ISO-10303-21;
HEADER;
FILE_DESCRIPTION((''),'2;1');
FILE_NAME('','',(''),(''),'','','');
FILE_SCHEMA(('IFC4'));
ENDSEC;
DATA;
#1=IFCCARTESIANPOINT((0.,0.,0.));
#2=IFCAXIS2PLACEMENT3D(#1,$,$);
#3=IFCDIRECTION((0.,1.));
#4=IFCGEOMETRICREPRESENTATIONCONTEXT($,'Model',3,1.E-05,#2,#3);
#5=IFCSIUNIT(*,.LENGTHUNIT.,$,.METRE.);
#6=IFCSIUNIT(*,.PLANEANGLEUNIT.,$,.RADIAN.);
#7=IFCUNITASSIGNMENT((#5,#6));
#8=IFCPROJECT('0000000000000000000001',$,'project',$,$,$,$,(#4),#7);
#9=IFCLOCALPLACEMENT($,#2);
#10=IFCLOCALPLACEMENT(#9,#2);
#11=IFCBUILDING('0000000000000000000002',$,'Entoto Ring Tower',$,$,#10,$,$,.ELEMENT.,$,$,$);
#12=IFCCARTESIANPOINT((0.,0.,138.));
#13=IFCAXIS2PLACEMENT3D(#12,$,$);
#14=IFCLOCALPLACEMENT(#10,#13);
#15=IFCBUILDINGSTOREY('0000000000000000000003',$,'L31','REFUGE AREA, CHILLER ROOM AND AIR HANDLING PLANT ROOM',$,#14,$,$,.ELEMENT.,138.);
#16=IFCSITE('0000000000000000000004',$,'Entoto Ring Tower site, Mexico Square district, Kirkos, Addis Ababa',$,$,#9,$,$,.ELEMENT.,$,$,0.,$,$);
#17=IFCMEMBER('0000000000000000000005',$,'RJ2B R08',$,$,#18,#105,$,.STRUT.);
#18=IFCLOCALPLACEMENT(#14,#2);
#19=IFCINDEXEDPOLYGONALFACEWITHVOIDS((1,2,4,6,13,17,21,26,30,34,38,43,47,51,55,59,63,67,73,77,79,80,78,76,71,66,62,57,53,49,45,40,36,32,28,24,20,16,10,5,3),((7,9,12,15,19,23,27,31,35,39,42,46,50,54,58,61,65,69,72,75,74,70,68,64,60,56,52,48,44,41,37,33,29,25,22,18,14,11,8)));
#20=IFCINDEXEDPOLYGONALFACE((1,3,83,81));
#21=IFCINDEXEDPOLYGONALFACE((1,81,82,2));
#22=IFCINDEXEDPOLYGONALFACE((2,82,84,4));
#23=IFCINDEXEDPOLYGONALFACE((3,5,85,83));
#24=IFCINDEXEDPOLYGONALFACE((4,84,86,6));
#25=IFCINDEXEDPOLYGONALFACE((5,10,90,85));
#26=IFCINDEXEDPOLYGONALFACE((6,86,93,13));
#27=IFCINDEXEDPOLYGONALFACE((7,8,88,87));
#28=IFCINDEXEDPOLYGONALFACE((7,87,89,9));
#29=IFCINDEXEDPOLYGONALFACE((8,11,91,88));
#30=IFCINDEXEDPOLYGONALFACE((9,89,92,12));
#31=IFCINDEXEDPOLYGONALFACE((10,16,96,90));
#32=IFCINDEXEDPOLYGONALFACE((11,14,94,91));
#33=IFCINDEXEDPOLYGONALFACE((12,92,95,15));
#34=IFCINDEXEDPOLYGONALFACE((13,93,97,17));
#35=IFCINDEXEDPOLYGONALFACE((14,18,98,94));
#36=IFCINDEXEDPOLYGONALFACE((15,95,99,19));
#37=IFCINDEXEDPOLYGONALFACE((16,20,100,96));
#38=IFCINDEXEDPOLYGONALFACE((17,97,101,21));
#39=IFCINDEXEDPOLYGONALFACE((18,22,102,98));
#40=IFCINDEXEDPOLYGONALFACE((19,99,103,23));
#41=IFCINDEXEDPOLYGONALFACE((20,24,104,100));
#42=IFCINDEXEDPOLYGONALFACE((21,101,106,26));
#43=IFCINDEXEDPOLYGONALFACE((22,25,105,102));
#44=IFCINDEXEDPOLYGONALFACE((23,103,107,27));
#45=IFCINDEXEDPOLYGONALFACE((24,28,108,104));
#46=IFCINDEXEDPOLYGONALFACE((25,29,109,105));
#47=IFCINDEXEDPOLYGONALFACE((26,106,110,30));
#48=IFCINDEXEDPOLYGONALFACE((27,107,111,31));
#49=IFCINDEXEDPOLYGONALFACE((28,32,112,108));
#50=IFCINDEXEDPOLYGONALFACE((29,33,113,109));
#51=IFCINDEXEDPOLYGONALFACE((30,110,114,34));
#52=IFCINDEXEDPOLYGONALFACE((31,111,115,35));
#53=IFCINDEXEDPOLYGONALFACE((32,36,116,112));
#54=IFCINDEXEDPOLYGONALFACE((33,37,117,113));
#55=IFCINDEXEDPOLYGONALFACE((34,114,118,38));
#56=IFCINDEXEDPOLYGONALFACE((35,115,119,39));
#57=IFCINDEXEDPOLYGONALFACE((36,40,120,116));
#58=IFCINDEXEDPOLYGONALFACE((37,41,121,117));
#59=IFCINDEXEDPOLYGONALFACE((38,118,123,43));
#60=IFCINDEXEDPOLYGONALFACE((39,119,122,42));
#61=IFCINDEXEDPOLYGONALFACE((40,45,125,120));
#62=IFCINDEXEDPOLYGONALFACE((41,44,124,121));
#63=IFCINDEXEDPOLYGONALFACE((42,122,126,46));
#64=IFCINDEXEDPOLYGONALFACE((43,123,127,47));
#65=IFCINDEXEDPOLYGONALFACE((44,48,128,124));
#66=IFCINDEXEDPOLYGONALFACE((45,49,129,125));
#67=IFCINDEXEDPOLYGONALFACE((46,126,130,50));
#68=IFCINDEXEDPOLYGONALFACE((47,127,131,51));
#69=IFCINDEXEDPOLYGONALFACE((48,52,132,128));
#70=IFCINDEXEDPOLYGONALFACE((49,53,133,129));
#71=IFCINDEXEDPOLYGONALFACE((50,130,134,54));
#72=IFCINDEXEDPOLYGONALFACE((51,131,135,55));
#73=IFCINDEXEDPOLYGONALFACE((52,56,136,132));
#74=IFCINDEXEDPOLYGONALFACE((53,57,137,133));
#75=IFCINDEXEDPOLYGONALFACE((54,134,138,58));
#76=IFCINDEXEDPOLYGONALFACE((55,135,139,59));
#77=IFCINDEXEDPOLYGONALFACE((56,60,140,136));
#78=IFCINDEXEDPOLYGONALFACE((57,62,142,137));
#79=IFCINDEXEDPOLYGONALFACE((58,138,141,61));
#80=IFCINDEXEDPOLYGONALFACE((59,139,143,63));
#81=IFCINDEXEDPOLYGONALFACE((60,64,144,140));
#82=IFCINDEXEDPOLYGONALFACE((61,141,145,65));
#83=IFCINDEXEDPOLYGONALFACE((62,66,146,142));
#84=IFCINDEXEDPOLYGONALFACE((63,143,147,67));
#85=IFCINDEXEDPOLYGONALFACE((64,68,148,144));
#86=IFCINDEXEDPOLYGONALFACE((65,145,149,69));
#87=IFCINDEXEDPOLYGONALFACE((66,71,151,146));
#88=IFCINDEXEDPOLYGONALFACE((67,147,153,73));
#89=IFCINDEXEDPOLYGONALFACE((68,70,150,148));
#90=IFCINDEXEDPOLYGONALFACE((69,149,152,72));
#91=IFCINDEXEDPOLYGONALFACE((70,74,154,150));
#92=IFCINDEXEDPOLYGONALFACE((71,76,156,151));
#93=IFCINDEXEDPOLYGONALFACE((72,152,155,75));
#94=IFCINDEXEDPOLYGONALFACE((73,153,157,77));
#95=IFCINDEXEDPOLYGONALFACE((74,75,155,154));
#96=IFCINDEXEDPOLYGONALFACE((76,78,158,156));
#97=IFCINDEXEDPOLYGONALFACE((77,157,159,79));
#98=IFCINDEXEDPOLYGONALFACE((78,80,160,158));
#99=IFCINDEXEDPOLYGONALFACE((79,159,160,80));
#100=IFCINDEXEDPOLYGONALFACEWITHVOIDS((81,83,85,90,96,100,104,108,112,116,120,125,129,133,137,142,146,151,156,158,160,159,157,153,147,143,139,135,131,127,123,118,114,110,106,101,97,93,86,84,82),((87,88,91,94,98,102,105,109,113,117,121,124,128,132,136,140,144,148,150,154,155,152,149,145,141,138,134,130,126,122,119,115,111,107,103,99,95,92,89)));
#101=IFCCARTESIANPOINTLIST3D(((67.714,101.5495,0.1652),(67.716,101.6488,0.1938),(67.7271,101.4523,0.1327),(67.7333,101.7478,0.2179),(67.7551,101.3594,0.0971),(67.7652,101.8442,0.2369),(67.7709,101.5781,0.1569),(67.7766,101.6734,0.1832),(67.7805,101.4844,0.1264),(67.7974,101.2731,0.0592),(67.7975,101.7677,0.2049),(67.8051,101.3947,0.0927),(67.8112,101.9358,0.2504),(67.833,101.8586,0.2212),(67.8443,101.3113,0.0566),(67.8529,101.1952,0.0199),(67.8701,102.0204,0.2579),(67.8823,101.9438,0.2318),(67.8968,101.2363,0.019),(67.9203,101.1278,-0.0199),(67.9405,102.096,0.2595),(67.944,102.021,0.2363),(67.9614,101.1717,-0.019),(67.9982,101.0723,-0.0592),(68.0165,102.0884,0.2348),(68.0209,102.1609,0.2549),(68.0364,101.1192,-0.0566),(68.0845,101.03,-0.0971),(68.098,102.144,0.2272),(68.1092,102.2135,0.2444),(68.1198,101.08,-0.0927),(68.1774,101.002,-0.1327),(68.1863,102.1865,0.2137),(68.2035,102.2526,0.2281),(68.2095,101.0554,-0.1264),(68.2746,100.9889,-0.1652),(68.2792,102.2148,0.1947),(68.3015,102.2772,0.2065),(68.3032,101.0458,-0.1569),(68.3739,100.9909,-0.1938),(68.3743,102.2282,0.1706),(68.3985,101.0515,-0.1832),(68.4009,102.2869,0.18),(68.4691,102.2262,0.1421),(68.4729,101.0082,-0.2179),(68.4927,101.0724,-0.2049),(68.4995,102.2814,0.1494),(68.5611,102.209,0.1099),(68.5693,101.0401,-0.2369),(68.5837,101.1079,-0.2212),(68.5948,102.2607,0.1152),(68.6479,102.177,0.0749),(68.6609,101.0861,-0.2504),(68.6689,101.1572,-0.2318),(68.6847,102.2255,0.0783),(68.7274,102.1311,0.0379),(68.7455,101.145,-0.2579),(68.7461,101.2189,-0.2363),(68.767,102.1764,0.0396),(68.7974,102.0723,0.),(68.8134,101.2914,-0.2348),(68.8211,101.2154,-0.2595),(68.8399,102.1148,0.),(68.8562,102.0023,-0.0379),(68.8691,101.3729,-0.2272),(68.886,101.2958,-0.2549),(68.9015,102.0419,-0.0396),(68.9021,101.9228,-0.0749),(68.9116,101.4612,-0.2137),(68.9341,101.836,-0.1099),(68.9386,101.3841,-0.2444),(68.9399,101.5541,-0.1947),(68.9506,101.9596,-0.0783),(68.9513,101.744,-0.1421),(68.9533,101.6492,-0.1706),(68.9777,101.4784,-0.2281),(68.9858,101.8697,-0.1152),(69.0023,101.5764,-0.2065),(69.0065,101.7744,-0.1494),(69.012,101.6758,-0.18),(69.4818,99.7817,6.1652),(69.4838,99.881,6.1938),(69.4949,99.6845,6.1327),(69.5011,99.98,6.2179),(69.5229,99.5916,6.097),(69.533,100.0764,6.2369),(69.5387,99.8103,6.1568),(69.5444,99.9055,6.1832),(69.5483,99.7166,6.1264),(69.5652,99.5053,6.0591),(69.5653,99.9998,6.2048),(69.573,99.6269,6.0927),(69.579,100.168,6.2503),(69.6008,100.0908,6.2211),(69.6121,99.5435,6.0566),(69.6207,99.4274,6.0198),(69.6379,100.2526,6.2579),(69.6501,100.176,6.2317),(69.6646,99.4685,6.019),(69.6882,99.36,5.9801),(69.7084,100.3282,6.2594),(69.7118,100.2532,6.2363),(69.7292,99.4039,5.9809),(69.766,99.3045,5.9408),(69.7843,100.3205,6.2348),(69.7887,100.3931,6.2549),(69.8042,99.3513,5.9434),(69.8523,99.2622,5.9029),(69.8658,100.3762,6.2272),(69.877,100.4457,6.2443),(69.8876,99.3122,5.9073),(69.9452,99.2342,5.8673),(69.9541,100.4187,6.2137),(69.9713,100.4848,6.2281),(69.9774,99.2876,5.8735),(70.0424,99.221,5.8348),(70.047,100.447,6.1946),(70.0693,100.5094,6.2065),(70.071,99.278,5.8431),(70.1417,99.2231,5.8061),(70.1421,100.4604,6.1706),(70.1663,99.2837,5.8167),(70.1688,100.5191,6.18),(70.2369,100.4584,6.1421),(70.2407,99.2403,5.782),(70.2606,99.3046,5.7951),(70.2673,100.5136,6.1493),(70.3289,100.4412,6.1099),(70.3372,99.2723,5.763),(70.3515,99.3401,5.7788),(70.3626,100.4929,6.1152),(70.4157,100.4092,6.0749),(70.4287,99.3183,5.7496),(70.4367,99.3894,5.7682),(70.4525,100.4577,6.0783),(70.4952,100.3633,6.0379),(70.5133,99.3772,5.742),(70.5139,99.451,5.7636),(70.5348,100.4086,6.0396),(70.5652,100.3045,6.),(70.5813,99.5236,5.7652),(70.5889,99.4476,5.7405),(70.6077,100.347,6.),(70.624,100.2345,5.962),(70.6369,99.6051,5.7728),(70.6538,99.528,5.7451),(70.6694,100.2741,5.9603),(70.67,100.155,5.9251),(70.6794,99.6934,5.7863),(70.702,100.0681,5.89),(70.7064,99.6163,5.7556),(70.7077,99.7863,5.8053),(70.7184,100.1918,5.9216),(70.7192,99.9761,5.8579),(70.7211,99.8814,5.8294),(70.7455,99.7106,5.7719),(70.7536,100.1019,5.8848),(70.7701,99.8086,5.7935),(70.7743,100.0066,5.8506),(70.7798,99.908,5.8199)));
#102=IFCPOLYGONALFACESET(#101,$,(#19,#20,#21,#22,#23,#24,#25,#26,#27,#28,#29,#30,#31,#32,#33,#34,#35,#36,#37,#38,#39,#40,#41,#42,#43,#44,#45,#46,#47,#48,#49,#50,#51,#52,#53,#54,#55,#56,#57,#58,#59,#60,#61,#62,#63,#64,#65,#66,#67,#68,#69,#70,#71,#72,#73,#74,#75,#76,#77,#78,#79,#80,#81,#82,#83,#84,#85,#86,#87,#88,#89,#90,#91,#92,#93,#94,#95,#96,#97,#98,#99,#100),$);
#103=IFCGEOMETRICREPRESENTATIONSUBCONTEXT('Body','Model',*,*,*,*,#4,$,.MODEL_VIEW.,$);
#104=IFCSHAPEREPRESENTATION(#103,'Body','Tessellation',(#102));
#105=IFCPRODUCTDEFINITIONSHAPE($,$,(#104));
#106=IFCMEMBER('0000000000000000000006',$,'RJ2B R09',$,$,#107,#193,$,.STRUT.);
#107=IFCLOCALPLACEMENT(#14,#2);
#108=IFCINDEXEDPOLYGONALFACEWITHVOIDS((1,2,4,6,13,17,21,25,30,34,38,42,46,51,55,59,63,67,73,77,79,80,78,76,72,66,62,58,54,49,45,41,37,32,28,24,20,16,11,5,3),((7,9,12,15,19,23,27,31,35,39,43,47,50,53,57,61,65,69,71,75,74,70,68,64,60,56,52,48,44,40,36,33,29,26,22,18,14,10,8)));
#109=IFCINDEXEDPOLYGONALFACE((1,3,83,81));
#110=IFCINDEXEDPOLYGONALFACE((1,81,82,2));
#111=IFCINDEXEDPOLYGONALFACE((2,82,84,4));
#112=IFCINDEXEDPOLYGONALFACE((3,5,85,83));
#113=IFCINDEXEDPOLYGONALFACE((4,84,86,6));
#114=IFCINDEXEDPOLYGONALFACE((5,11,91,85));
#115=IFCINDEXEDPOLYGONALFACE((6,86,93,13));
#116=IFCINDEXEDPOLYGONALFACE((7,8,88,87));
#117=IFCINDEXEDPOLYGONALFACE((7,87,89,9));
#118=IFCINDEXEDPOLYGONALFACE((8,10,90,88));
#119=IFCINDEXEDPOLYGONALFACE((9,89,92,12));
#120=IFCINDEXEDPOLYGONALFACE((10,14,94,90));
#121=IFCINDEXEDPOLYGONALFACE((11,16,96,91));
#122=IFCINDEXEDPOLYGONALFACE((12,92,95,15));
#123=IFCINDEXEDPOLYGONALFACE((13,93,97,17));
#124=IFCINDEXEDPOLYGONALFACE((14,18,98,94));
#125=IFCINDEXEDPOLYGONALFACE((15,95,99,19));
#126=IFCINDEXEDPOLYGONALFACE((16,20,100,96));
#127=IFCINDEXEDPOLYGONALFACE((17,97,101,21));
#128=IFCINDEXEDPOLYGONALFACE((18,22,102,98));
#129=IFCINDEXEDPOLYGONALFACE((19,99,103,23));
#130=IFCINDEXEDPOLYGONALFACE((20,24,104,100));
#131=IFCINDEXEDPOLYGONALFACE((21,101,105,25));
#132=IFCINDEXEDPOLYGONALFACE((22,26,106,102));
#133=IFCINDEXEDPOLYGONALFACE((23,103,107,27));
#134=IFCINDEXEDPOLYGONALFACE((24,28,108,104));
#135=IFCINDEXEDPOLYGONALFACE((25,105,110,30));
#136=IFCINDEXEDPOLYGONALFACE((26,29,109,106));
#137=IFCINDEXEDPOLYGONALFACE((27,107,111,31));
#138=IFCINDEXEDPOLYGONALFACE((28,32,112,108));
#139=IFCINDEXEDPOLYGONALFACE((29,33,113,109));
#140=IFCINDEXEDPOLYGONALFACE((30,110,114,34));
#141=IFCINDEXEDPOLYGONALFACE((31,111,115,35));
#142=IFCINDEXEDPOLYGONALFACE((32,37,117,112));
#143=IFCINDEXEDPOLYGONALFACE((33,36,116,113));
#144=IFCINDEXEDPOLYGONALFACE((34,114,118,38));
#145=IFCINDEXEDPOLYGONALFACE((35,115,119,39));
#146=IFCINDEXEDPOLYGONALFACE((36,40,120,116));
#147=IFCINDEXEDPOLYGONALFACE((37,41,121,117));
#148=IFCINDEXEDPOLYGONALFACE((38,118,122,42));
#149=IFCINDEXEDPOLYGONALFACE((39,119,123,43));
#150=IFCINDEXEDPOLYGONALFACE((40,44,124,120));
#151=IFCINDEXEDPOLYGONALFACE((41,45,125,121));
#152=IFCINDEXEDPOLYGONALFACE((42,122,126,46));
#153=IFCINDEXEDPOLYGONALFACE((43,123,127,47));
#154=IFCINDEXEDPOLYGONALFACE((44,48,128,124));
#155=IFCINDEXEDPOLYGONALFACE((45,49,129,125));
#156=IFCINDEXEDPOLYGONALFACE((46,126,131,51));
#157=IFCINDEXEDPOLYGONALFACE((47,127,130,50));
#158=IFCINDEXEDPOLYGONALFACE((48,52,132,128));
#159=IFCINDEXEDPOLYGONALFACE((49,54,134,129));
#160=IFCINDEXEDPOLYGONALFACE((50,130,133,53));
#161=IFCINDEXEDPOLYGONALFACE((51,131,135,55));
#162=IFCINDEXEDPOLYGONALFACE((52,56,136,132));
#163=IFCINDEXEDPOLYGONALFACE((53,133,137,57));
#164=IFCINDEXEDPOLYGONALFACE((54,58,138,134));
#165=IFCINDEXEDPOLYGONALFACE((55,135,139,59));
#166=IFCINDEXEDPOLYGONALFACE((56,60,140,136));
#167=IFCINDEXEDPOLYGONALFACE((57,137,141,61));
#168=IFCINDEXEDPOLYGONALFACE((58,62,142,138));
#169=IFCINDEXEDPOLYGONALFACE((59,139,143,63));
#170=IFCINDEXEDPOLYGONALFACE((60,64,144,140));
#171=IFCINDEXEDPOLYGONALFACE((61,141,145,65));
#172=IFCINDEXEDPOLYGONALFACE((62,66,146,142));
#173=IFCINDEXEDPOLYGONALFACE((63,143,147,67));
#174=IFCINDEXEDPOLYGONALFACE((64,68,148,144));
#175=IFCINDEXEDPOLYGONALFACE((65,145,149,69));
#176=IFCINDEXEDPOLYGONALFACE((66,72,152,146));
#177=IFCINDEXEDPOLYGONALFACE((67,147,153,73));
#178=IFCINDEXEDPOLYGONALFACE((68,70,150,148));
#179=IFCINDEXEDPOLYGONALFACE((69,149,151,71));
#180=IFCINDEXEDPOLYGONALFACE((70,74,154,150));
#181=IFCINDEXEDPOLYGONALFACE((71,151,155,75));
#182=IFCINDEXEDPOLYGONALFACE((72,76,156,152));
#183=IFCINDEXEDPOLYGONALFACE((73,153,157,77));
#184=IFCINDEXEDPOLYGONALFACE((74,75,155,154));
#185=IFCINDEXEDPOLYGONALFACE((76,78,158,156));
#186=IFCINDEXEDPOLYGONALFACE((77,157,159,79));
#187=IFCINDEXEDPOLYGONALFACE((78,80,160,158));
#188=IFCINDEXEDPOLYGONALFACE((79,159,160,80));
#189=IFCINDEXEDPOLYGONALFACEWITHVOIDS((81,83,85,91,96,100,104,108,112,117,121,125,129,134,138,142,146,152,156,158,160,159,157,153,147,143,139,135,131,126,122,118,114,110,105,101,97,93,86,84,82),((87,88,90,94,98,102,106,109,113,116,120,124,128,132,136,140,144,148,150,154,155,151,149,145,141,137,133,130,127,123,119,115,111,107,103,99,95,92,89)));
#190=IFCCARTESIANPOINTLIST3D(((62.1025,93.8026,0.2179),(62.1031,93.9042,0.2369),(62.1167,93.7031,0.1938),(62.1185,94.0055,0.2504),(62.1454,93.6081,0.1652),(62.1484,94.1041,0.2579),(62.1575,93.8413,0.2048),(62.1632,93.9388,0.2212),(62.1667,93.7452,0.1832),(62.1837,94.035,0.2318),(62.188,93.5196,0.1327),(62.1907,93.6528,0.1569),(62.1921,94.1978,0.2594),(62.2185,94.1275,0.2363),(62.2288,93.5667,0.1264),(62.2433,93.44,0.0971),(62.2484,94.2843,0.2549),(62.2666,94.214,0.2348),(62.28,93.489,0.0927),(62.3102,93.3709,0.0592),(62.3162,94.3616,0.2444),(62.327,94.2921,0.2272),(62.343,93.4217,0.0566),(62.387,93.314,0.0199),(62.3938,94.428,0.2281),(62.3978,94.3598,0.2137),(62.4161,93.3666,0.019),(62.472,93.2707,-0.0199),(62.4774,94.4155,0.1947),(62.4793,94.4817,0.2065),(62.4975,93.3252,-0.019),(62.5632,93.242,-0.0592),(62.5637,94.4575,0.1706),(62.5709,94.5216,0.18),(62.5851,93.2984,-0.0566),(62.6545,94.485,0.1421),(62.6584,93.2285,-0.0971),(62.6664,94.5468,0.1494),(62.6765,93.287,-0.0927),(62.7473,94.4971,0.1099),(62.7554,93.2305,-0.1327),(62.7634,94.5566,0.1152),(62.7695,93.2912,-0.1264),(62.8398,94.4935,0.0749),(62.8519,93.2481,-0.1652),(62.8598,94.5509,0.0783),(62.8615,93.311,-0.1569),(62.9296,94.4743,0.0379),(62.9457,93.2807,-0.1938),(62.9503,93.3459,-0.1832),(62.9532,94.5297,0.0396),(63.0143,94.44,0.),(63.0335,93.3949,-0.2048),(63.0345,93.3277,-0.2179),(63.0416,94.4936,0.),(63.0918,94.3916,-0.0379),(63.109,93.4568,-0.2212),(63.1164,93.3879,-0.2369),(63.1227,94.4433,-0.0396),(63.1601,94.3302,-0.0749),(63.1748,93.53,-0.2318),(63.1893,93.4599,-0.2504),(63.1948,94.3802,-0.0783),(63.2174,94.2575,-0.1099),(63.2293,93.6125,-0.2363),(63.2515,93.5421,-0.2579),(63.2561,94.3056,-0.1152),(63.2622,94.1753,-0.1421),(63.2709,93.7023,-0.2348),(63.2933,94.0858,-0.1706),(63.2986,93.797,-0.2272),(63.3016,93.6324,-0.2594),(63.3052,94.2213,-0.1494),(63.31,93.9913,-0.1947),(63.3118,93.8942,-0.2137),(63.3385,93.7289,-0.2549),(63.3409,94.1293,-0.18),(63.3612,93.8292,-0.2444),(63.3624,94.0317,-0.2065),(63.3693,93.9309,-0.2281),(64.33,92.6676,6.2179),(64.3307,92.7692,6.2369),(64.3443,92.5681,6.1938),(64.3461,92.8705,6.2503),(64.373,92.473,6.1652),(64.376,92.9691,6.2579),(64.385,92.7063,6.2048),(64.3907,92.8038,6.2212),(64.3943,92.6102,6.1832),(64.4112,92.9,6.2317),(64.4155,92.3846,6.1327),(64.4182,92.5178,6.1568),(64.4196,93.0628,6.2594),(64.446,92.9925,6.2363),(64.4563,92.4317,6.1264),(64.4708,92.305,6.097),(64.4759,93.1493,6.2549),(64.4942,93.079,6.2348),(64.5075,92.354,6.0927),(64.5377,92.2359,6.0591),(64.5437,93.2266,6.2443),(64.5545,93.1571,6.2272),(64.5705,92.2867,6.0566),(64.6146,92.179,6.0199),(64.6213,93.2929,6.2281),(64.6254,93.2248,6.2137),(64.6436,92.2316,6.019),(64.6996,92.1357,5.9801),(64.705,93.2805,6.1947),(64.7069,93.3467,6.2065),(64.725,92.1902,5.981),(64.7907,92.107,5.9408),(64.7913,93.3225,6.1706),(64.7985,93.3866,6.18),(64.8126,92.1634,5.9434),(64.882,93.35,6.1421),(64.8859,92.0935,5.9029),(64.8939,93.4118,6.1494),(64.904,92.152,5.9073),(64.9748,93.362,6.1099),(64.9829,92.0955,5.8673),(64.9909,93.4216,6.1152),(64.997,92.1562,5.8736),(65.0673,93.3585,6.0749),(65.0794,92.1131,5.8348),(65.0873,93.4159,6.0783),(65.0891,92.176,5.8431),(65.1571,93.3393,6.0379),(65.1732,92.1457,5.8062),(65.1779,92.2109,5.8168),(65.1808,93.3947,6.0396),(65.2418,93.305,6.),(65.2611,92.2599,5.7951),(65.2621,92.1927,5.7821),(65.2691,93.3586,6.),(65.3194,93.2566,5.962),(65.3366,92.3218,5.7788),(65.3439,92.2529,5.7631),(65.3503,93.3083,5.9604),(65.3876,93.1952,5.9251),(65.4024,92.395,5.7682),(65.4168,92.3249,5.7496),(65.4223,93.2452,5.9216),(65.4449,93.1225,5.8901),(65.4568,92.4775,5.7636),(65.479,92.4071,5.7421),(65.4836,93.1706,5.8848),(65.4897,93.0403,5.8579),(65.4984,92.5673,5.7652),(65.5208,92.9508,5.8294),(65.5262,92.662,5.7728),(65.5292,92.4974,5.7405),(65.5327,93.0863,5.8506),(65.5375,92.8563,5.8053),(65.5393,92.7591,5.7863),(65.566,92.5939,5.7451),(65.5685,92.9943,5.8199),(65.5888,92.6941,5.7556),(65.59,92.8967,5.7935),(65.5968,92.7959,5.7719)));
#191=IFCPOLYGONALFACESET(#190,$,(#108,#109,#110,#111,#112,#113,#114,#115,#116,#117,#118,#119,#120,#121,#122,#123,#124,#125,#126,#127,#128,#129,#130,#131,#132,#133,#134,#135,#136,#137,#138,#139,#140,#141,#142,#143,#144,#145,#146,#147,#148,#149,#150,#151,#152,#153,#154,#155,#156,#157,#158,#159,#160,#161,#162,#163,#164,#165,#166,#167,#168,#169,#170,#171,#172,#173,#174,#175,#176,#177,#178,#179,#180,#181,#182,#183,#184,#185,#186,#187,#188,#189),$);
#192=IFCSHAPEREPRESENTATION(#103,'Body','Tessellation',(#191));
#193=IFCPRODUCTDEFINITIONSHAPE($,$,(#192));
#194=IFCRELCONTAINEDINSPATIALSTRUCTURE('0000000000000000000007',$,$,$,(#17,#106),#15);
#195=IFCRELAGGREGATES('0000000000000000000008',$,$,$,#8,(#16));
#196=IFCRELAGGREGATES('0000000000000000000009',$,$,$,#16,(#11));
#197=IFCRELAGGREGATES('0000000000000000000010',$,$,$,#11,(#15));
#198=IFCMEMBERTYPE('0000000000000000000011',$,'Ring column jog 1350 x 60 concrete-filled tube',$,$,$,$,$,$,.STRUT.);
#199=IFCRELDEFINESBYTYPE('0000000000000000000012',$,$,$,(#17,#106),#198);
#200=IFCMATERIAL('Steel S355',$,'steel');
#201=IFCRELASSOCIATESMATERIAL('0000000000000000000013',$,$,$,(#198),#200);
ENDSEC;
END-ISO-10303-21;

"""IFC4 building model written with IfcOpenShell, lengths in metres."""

from ifc_helpers import new_model, si_unit, direction, frame, origin, origin_2d, place, context, subcontext, project, spatial, circle, hollow_circle, extrude, material, material_profile, profile_set, type_object, element, save


model = new_model("IFC4")

# Units and contexts
model_context = context("Model", 3, precision=1e-05, world=origin(), true_north=direction((0.0, 1.0)))
body_context = subcontext(model_context, "Body", "Model", "MODEL_VIEW")
ifc_project = project(units=[si_unit("LENGTHUNIT", "METRE"), si_unit("PLANEANGLEUNIT", "RADIAN")], contexts=[model_context])

# Site, building, storey
site_placement = place(None, origin())
site = spatial("IfcSite", under=ifc_project, at=site_placement, Name="Entoto Ring Tower site, Mexico Square district, Kirkos, Addis Ababa", CompositionType="ELEMENT", RefElevation=0.0)
building_placement = place(site_placement, origin())
building = spatial("IfcBuilding", under=site, at=building_placement, Name="Entoto Ring Tower", CompositionType="ELEMENT")
storey_placement = place(building_placement, frame((0.0, 0.0, 138.0)))
storey = spatial("IfcBuildingStorey", under=building, at=storey_placement, Name="L31", Description="REFUGE AREA, CHILLER ROOM AND AIR HANDLING PLANT ROOM", CompositionType="ELEMENT", Elevation=138.0)

# Members
ifc_material_1 = material(Name="Steel S355", Category="steel")
ifc_material_profile_1 = material_profile(ifc_material_1, hollow_circle(Radius=0.675, WallThickness=0.0601, at=origin_2d()), Name="CHS 1350 x 60")
ifc_material_2 = material(Name="Concrete C60/75", Category="concrete")
ifc_material_profile_2 = material_profile(ifc_material_2, circle(Radius=0.615, at=origin_2d()), Name="Concrete C60/75 infill")
ifc_profile_set_1 = profile_set([ifc_material_profile_1, ifc_material_profile_2], Name="Steel S355")
member_type_1 = type_object("IfcMemberType", Name="Ring column jog 1350 x 60 concrete-filled tube", PredefinedType="STRUT", material=ifc_profile_set_1)
for number, where, z_axis, x_axis, name in (
    (1, (68.3625, 101.6375, 0.0), (0.271971, -0.271971, 0.923073), (0.707107, 0.707107, 0.0), "RJ2B R08"),
    (2, (62.7351, 93.8921, 0.0), (0.342698, -0.174617, 0.923075), (0.453997, 0.891003, 0.0), "RJ2B R09"),
):
    element("IfcMember", number, at=place(storey_placement, frame(where, z_axis=z_axis, x_axis=x_axis)), inside=storey, type_object=member_type_1, Name=name, PredefinedType="STRUT", context=body_context, shape_type="SweptSolid", body=[
        extrude(hollow_circle(Radius=0.675, WallThickness=0.0601, at=origin_2d()), origin(), (0.0, 0.0, 1.0), 6.5),
    ])

save(model, "model.ifc")
